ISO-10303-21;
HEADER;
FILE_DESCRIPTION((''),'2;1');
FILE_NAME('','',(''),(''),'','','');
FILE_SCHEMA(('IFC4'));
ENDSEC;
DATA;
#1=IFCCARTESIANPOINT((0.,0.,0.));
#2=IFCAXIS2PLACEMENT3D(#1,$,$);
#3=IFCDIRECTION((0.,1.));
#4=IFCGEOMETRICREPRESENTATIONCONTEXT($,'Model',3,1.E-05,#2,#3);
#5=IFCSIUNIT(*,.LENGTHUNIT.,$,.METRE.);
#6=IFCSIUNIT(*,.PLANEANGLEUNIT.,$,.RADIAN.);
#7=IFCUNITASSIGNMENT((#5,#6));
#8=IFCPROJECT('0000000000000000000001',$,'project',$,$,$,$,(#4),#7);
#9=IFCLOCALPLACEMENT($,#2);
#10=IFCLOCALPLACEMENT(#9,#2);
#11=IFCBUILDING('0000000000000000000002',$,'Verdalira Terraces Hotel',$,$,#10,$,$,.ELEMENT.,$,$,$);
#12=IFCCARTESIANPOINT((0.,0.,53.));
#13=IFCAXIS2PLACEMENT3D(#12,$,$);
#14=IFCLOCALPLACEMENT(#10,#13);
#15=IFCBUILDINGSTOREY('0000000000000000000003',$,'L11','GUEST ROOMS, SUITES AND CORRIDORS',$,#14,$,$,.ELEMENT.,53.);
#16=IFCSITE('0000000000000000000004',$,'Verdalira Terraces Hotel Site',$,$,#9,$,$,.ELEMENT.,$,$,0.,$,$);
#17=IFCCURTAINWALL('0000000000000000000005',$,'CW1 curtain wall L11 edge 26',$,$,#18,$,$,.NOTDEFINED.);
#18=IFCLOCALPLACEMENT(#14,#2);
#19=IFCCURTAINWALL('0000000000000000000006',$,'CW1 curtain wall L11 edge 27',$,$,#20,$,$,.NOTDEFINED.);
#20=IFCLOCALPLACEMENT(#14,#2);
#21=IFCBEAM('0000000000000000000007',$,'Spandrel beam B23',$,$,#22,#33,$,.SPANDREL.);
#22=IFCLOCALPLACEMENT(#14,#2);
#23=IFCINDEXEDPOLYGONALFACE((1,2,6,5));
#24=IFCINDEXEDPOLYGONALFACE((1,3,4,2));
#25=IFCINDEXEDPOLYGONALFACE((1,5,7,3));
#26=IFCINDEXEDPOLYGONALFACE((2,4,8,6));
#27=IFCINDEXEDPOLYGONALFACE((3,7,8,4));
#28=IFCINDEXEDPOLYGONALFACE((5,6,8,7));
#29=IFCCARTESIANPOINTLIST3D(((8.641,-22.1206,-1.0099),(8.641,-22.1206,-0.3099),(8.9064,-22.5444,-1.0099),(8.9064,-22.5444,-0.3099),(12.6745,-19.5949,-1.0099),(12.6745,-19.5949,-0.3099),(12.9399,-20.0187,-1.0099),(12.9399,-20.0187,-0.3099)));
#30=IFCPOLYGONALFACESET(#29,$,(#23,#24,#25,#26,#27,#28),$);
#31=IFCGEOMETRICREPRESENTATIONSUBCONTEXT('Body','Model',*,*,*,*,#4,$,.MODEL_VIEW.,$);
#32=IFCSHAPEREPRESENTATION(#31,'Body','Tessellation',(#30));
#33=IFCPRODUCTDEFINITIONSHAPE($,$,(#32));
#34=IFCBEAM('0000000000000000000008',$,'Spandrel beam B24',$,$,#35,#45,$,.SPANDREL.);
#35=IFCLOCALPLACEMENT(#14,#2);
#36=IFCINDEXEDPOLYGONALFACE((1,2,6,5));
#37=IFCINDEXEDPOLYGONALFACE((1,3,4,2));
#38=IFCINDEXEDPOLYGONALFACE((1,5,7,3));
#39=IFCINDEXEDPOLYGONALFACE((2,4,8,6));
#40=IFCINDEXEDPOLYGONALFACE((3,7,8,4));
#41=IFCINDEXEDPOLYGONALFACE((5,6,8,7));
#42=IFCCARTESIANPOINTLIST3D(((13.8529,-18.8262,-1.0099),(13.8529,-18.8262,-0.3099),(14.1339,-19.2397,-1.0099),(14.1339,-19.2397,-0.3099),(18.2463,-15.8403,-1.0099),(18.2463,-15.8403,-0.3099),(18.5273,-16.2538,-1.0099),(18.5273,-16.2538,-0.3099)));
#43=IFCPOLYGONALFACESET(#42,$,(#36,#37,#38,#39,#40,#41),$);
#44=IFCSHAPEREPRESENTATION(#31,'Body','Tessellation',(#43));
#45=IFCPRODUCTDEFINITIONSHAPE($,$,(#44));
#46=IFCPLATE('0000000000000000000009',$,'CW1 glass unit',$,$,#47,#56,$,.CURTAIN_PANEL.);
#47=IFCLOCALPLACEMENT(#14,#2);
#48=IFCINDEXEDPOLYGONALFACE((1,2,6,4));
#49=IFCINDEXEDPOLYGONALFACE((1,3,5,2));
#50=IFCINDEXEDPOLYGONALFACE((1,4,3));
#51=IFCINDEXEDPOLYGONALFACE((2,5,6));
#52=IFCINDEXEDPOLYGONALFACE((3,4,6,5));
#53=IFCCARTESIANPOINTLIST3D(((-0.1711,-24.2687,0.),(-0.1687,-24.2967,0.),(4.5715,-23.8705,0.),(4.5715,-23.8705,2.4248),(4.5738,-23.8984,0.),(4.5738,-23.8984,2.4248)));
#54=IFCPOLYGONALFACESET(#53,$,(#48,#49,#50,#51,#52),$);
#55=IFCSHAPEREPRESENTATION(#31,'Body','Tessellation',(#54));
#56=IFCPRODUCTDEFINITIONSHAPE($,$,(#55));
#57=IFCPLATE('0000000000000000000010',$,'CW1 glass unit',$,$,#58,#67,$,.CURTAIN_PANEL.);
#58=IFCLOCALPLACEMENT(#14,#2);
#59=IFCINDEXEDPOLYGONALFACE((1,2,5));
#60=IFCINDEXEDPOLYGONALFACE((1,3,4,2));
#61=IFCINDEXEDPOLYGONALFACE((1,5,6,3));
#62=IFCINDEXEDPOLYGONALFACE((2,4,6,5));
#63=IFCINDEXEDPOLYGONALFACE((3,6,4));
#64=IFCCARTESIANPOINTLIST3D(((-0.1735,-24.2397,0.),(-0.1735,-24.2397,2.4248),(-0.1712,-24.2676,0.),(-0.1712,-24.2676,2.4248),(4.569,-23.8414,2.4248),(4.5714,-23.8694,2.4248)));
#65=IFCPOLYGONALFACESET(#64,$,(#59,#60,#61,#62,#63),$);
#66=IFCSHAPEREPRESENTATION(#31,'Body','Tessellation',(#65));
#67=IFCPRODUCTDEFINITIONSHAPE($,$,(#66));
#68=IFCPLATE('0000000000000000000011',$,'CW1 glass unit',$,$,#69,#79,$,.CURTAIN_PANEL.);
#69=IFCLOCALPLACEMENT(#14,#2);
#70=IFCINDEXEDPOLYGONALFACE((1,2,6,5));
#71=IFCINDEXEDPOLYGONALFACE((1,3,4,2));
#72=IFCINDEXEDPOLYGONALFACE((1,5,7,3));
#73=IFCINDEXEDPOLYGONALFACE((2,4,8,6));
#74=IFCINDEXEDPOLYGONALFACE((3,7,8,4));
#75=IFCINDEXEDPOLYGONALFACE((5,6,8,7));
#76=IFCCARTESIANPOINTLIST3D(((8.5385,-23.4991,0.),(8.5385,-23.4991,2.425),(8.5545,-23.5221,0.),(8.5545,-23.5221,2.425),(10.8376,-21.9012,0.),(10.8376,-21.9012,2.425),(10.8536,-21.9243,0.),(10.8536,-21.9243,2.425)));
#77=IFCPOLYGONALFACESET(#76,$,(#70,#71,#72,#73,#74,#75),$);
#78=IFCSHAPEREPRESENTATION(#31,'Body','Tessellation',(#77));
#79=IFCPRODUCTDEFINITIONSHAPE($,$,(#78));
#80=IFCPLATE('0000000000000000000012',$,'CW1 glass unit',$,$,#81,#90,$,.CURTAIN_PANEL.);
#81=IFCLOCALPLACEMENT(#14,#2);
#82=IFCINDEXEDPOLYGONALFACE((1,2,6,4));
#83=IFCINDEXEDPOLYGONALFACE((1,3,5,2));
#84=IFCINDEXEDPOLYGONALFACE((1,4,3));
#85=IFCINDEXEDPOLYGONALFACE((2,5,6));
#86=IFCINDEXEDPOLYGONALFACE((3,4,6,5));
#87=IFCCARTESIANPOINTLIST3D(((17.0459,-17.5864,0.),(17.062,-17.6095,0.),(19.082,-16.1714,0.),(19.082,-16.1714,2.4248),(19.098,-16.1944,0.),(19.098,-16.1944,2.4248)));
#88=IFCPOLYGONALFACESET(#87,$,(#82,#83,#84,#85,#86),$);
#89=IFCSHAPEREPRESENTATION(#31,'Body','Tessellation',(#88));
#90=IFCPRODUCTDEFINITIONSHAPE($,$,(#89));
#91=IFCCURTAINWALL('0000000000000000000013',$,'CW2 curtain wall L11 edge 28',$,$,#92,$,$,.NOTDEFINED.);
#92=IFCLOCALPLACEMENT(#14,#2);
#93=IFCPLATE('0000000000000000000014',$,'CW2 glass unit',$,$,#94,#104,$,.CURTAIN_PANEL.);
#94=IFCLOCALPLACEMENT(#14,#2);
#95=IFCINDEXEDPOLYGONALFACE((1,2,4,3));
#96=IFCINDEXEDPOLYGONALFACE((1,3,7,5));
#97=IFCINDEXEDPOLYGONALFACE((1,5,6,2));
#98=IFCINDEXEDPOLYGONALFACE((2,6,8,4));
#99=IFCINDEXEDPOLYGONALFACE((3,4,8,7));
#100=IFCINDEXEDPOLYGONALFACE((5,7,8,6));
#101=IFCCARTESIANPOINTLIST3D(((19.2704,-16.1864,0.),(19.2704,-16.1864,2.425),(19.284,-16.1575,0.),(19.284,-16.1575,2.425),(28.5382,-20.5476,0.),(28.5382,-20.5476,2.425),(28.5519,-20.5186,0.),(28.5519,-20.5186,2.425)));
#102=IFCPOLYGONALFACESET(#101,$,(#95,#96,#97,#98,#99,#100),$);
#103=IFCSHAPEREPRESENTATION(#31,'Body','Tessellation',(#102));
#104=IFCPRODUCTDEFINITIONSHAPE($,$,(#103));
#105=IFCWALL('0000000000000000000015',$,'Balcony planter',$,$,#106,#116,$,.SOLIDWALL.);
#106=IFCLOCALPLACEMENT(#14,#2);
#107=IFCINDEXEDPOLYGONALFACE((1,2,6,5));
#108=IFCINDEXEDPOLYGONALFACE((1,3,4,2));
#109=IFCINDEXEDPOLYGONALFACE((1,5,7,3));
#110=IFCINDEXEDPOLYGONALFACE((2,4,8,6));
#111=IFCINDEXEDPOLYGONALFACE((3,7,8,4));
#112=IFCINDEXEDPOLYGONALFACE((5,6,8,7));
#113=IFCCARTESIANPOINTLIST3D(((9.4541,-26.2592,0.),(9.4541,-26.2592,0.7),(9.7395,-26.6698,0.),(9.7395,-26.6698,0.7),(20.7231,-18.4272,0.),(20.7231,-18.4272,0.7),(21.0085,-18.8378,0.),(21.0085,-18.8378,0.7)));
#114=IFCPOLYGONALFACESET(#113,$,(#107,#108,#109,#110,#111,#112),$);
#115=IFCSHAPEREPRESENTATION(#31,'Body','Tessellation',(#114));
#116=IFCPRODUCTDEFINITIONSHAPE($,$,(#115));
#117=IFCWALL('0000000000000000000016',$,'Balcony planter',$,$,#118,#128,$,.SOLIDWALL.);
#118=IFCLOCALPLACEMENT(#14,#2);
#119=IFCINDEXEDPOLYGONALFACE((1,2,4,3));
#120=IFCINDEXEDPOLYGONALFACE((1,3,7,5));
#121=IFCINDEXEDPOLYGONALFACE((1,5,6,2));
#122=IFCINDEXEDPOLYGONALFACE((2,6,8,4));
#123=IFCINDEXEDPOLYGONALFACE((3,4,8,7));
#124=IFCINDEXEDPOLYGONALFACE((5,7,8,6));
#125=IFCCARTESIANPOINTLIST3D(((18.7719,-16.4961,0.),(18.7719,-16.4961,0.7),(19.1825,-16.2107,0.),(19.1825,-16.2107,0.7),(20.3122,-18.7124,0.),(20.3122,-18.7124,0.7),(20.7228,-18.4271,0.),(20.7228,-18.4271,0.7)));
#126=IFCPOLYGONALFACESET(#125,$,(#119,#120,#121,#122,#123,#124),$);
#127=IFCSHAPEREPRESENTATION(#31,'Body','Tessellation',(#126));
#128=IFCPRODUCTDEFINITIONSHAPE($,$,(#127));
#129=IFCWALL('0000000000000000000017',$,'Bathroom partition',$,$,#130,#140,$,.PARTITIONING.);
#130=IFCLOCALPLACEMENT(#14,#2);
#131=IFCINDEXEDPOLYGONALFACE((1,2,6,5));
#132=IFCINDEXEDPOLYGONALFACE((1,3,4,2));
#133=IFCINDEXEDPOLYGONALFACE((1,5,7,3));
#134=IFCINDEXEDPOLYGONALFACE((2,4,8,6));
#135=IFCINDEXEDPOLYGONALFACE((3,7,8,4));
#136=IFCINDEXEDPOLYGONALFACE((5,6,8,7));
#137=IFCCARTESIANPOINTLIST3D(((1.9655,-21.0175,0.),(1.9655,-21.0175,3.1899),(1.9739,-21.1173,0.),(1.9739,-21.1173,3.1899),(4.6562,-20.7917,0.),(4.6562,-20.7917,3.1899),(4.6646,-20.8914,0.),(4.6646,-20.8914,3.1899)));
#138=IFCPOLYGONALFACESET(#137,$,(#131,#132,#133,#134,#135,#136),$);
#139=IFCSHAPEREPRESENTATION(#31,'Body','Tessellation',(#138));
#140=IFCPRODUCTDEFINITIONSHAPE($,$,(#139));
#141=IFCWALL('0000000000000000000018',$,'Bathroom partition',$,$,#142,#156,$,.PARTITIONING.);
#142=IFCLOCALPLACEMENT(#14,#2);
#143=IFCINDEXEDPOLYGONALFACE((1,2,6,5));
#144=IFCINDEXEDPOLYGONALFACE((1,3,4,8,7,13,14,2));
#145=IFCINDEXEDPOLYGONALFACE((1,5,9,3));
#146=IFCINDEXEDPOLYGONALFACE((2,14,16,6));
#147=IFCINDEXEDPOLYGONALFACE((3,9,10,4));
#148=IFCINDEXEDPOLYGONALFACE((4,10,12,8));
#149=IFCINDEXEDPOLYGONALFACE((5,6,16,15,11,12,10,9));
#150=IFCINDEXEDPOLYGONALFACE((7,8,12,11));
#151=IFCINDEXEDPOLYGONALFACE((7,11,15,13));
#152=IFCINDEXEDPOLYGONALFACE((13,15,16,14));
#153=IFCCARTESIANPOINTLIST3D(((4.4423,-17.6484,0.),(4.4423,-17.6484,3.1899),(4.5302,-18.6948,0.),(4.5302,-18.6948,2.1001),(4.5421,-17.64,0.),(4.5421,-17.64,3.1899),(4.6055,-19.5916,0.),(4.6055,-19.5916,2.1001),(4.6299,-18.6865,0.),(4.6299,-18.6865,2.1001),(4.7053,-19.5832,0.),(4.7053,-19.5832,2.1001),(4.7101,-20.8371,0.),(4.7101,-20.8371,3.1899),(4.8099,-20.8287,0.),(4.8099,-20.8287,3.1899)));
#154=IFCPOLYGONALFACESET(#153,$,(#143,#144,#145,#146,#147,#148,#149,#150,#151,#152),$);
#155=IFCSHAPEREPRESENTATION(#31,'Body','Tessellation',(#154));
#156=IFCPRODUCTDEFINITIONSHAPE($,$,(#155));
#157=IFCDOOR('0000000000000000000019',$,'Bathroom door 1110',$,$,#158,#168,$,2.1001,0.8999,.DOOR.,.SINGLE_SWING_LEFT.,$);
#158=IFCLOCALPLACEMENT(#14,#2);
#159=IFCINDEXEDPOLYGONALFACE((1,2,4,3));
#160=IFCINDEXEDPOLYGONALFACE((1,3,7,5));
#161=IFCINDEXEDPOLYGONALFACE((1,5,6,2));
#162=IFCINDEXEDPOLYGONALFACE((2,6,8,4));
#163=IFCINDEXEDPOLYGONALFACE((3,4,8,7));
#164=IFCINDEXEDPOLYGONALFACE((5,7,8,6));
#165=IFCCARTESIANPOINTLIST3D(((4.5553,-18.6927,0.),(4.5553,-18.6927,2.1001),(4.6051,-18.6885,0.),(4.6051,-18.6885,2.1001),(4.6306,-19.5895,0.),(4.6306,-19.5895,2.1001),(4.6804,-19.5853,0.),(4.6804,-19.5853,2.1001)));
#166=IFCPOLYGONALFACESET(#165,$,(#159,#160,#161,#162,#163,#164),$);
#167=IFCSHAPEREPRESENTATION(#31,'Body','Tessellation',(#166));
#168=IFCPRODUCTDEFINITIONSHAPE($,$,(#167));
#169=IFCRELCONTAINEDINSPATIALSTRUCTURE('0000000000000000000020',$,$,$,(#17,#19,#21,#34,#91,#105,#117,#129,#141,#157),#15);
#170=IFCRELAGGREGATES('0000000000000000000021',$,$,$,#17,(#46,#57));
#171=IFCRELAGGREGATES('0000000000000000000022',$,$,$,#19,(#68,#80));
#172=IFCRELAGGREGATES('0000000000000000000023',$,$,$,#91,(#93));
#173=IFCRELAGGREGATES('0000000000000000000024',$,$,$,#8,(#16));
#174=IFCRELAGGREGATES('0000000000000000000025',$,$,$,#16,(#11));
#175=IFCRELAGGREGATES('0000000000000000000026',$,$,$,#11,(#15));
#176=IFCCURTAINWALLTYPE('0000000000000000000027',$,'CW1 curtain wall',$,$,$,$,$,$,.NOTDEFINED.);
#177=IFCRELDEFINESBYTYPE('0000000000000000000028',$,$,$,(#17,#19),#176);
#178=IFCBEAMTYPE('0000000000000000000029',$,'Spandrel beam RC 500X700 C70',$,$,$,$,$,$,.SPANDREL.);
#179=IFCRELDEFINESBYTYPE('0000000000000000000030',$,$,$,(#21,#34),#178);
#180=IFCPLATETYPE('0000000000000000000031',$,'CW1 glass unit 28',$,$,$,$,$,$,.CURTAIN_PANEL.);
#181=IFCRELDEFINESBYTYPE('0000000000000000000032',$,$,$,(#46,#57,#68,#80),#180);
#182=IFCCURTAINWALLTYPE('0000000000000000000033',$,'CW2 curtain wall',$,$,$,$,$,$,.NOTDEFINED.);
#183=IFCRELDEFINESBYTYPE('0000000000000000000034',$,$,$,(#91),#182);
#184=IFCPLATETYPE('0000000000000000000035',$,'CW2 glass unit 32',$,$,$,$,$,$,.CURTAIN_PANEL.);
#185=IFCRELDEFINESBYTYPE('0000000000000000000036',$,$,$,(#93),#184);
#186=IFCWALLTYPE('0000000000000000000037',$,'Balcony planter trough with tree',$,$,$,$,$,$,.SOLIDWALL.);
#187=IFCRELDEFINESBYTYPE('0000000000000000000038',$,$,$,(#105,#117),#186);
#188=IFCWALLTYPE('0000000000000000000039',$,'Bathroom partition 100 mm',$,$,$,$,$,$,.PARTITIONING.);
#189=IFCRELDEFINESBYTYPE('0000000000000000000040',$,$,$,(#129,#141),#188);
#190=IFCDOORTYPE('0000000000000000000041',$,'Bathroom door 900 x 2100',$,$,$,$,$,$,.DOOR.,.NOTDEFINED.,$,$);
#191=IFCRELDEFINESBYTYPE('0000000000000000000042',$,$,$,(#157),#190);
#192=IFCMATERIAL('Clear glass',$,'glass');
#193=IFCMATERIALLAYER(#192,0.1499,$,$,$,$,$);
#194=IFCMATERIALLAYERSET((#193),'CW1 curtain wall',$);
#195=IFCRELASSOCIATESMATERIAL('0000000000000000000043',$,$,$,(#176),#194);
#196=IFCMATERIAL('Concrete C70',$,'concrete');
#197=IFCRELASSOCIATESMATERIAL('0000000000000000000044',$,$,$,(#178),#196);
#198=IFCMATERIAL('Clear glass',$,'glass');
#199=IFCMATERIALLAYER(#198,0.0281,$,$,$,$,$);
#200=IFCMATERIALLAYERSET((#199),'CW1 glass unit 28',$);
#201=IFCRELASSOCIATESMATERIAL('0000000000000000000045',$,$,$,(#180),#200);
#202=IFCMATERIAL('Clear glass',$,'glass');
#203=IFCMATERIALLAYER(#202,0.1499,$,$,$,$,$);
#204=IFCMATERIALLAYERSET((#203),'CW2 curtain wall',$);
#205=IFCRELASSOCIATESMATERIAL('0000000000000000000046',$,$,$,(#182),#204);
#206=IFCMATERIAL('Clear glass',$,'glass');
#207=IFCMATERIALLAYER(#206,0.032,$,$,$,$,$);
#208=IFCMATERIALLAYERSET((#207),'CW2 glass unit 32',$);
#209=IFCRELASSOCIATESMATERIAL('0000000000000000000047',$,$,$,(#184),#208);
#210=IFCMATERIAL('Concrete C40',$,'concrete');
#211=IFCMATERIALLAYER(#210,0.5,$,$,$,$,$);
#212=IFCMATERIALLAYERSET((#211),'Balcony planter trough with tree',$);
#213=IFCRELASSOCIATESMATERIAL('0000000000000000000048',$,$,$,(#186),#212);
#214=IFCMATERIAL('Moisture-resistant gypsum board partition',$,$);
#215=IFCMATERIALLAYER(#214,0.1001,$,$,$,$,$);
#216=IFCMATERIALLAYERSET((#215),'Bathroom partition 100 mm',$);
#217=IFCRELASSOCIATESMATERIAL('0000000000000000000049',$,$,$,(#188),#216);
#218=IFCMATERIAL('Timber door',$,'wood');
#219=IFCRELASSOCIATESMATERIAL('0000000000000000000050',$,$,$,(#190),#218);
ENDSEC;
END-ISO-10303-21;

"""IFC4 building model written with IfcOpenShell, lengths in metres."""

from ifc_helpers import new_model, si_unit, direction, frame, frame_2d, origin, origin_2d, place, context, subcontext, project, spatial, polyline, rectangle, outline, extrude, material, layer, layer_set, material_profile, profile_set, type_object, element, fill, aggregate, save


model = new_model("IFC4")

# Units and contexts
model_context = context("Model", 3, precision=1e-05, world=origin(), true_north=direction((0.0, 1.0)))
body_context = subcontext(model_context, "Body", "Model", "MODEL_VIEW")
ifc_project = project(units=[si_unit("LENGTHUNIT", "METRE"), si_unit("PLANEANGLEUNIT", "RADIAN")], contexts=[model_context])

# Site, building, storey
site_placement = place(None, origin())
site = spatial("IfcSite", under=ifc_project, at=site_placement, Name="Verdalira Terraces Hotel Site", CompositionType="ELEMENT", RefElevation=0.0)
building_placement = place(site_placement, origin())
building = spatial("IfcBuilding", under=site, at=building_placement, Name="Verdalira Terraces Hotel", CompositionType="ELEMENT")
storey_placement = place(building_placement, frame((0.0, 0.0, 53.0)))
storey = spatial("IfcBuildingStorey", under=building, at=storey_placement, Name="L11", Description="GUEST ROOMS, SUITES AND CORRIDORS", CompositionType="ELEMENT", Elevation=53.0)

# Curtain wall
ifc_material_1 = material(Name="Clear glass", Category="glass")
ifc_layer_1 = layer(ifc_material_1, 0.1499)
ifc_layer_set_1 = layer_set([ifc_layer_1], Name="CW1 curtain wall")
curtain_wall_type_1 = type_object("IfcCurtainWallType", Name="CW1 curtain wall", PredefinedType="NOTDEFINED", material=ifc_layer_set_1)
curtain_wall_1_placement = place(storey_placement, origin())
curtain_wall_1 = element("IfcCurtainWall", 1, at=curtain_wall_1_placement, inside=storey, type_object=curtain_wall_type_1, Name="CW1 curtain wall L11 edge 26", PredefinedType="NOTDEFINED")

# Curtain wall
curtain_wall_2_placement = place(storey_placement, origin())
curtain_wall_2 = element("IfcCurtainWall", 2, at=curtain_wall_2_placement, inside=storey, type_object=curtain_wall_type_1, Name="CW1 curtain wall L11 edge 27", PredefinedType="NOTDEFINED")

# Beams
ifc_material_2 = material(Name="Concrete C70", Category="concrete")
ifc_material_profile_1 = material_profile(ifc_material_2, rectangle(XDim=0.5, YDim=0.7, at=origin_2d()), Name="RC 500X700")
ifc_profile_set_1 = profile_set([ifc_material_profile_1], Name="Concrete C70")
beam_type_1 = type_object("IfcBeamType", Name="Spandrel beam RC 500X700 C70", PredefinedType="SPANDREL", material=ifc_profile_set_1)
beam_1_placement = place(storey_placement, frame((8.7737, -22.3325, -0.6599), z_axis=(0.847551, 0.530714, 0.0), x_axis=(-0.530714, 0.847551, 0.0)))
element("IfcBeam", 3, at=beam_1_placement, inside=storey, type_object=beam_type_1, Name="Spandrel beam B23", PredefinedType="SPANDREL", context=body_context, shape_type="SweptSolid", body=[
    extrude(rectangle(XDim=0.5, YDim=0.7, at=origin_2d()), origin(), (0.0, 0.0, 1.0), 4.759),
])
beam_2_placement = place(storey_placement, frame((13.9934, -19.033, -0.6599), z_axis=(0.827068, 0.562103, 0.0), x_axis=(-0.562103, 0.827068, 0.0)))
element("IfcBeam", 4, at=beam_2_placement, inside=storey, type_object=beam_type_1, Name="Spandrel beam B24", PredefinedType="SPANDREL", context=body_context, shape_type="SweptSolid", body=[
    extrude(rectangle(XDim=0.5, YDim=0.7, at=origin_2d()), origin(), (0.0, 0.0, 1.0), 5.312),
])

# Plates
ifc_material_3 = material(Name="Clear glass", Category="glass")
ifc_layer_2 = layer(ifc_material_3, 0.0281)
ifc_layer_set_2 = layer_set([ifc_layer_2], Name="CW1 glass unit 28")
plate_type_1 = type_object("IfcPlateType", Name="CW1 glass unit 28", PredefinedType="CURTAIN_PANEL", material=ifc_layer_set_2)
plate_1_placement = place(storey_placement, frame((2.2002, -24.0696, 1.2124), z_axis=(0.083678, -0.996493, 0.0), x_axis=(0.996493, 0.083678, 0.0)))
plate_1 = element("IfcPlate", 5, at=plate_1_placement, type_object=plate_type_1, Name="CW1 glass unit", PredefinedType="CURTAIN_PANEL", context=body_context, shape_type="SweptSolid", body=[
    extrude(outline(polyline([(-2.3796, -1.2124), (2.3796, -1.2124), (2.3796, 1.2124), (-2.3796, -1.2124)])), origin(), (0.0, 0.0, 1.0), 0.0281),
])
plate_2_placement = place(storey_placement, frame((2.1978, -24.0405, 1.2124), z_axis=(0.083678, -0.996493, 0.0), x_axis=(0.996493, 0.083678, 0.0)))
plate_2 = element("IfcPlate", 6, at=plate_2_placement, type_object=plate_type_1, Name="CW1 glass unit", PredefinedType="CURTAIN_PANEL", context=body_context, shape_type="SweptSolid", body=[
    extrude(outline(polyline([(-2.3796, -1.2124), (2.3796, 1.2124), (-2.3796, 1.2124), (-2.3796, -1.2124)])), origin(), (0.0, 0.0, 1.0), 0.0281),
])
aggregate(curtain_wall_1, [plate_1, plate_2])
plate_3_placement = place(storey_placement, frame((9.696, -22.7117, 0.0), z_axis=(0.0, 0.0, 1.0), x_axis=(0.821149, 0.570714, 0.0)))
plate_3 = element("IfcPlate", 7, at=plate_3_placement, type_object=plate_type_1, Name="CW1 glass unit", PredefinedType="CURTAIN_PANEL", context=body_context, shape_type="SweptSolid", body=[
    extrude(rectangle(XDim=2.7998, YDim=0.0281, at=origin_2d()), origin(), (0.0, 0.0, 1.0), 2.425),
])
plate_4_placement = place(storey_placement, frame((18.064, -16.8789, 1.2124), z_axis=(0.570714, -0.821149, 0.0), x_axis=(0.821149, 0.570714, 0.0)))
plate_4 = element("IfcPlate", 8, at=plate_4_placement, type_object=plate_type_1, Name="CW1 glass unit", PredefinedType="CURTAIN_PANEL", context=body_context, shape_type="SweptSolid", body=[
    extrude(outline(polyline([(-1.2397, -1.2124), (1.2397, -1.2124), (1.2397, 1.2124), (-1.2397, -1.2124)])), origin(), (0.0, 0.0, 1.0), 0.0281),
])
aggregate(curtain_wall_2, [plate_3, plate_4])

# Curtain wall, plate
ifc_material_4 = material(Name="Clear glass", Category="glass")
ifc_layer_3 = layer(ifc_material_4, 0.1499)
ifc_layer_set_3 = layer_set([ifc_layer_3], Name="CW2 curtain wall")
curtain_wall_type_2 = type_object("IfcCurtainWallType", Name="CW2 curtain wall", PredefinedType="NOTDEFINED", material=ifc_layer_set_3)
curtain_wall_3_placement = place(storey_placement, origin())
curtain_wall_3 = element("IfcCurtainWall", 9, at=curtain_wall_3_placement, inside=storey, type_object=curtain_wall_type_2, Name="CW2 curtain wall L11 edge 28", PredefinedType="NOTDEFINED")
ifc_material_5 = material(Name="Clear glass", Category="glass")
ifc_layer_4 = layer(ifc_material_5, 0.032)
ifc_layer_set_4 = layer_set([ifc_layer_4], Name="CW2 glass unit 32")
plate_type_2 = type_object("IfcPlateType", Name="CW2 glass unit 32", PredefinedType="CURTAIN_PANEL", material=ifc_layer_set_4)
plate_5_placement = place(storey_placement, frame((23.9111, -18.3525, 0.0), z_axis=(0.0, 0.0, 1.0), x_axis=(0.904827, -0.425779, 0.0)))
plate_5 = element("IfcPlate", 10, at=plate_5_placement, type_object=plate_type_2, Name="CW2 glass unit", PredefinedType="CURTAIN_PANEL", context=body_context, shape_type="SweptSolid", body=[
    extrude(rectangle(XDim=10.2427, YDim=0.032, at=origin_2d()), origin(), (0.0, 0.0, 1.0), 2.425),
])
aggregate(curtain_wall_3, [plate_5])

# Walls
ifc_material_6 = material(Name="Concrete C40", Category="concrete")
ifc_layer_5 = layer(ifc_material_6, 0.5)
ifc_layer_set_5 = layer_set([ifc_layer_5], Name="Balcony planter trough with tree")
wall_type_1 = type_object("IfcWallType", Name="Balcony planter trough with tree", PredefinedType="SOLIDWALL", material=ifc_layer_set_5)
wall_1_placement = place(storey_placement, frame((9.5967, -26.4646, 0.0), z_axis=(0.0, 0.0, 1.0), x_axis=(0.821155, 0.570706, 0.0)))
element("IfcWall", 11, at=wall_1_placement, inside=storey, type_object=wall_type_1, Name="Balcony planter", PredefinedType="SOLIDWALL", context=body_context, shape_type="SweptSolid", body=[
    extrude(rectangle(XDim=13.7234, YDim=0.5, at=frame_2d((6.8618, 0.0))), origin(), (0.0, 0.0, 1.0), 0.7),
])
wall_2_placement = place(storey_placement, frame((20.5176, -18.5698, 0.0), z_axis=(0.0, 0.0, 1.0), x_axis=(-0.570691, 0.821165, 0.0)))
element("IfcWall", 12, at=wall_2_placement, inside=storey, type_object=wall_type_1, Name="Balcony planter", PredefinedType="SOLIDWALL", context=body_context, shape_type="SweptSolid", body=[
    extrude(rectangle(XDim=2.699, YDim=0.5, at=frame_2d((1.3496, 0.0))), origin(), (0.0, 0.0, 1.0), 0.7),
])
ifc_material_7 = material(Name="Moisture-resistant gypsum board partition")
ifc_layer_6 = layer(ifc_material_7, 0.1001)
ifc_layer_set_6 = layer_set([ifc_layer_6], Name="Bathroom partition 100 mm")
wall_type_2 = type_object("IfcWallType", Name="Bathroom partition 100 mm", PredefinedType="PARTITIONING", material=ifc_layer_set_6)
wall_3_placement = place(storey_placement, frame((4.6604, -20.8416, 0.0), z_axis=(0.0, 0.0, 1.0), x_axis=(-0.996496, -0.083637, 0.0)))
element("IfcWall", 13, at=wall_3_placement, inside=storey, type_object=wall_type_2, Name="Bathroom partition", PredefinedType="PARTITIONING", context=body_context, shape_type="SweptSolid", body=[
    extrude(rectangle(XDim=2.7002, YDim=0.1001, at=frame_2d((1.3501, 0.0))), origin(), (0.0, 0.0, 1.0), 3.1899),
])

# Wall, opening, door
wall_4_placement = place(storey_placement, frame((4.76, -20.833, 0.0), z_axis=(0.0, 0.0, 1.0), x_axis=(-0.083696, 0.996491, 0.0)))
wall_4 = element("IfcWall", 14, at=wall_4_placement, inside=storey, type_object=wall_type_2, Name="Bathroom partition", PredefinedType="PARTITIONING", context=body_context, shape_type="SweptSolid", body=[
    extrude(rectangle(XDim=3.2, YDim=0.1001, at=frame_2d((1.6001, 0.0))), origin(), (0.0, 0.0, 1.0), 3.1899),
])
opening_1_placement = place(wall_4_placement, frame((1.25, 0.0, 0.0)))
opening_1 = element("IfcOpeningElement", 15, at=opening_1_placement, cuts=wall_4, PredefinedType="OPENING", context=body_context, shape_type="SweptSolid", body=[
    extrude(rectangle(XDim=0.8999, YDim=2.1001, at=frame_2d((0.45, 1.05))), frame((0.0, 0.0601, 0.0), z_axis=(0.0, -1.0, 0.0), x_axis=(1.0, 0.0, 0.0)), (0.0, 0.0, 1.0), 0.1201),
])
ifc_material_8 = material(Name="Timber door", Category="wood")
door_type_1 = type_object("IfcDoorType", Name="Bathroom door 900 x 2100", OperationType="NOTDEFINED", PredefinedType="DOOR", material=ifc_material_8)
door_1_placement = place(opening_1_placement, origin())
door_1 = element("IfcDoor", 16, at=door_1_placement, inside=storey, type_object=door_type_1, Name="Bathroom door 1110", OperationType="SINGLE_SWING_LEFT", OverallHeight=2.1001, OverallWidth=0.8999, PredefinedType="DOOR", context=body_context, shape_type="SweptSolid", body=[
    extrude(rectangle(XDim=0.8999, YDim=2.1001, at=frame_2d((0.45, 1.05))), frame((0.0, 0.0249, 0.0), z_axis=(0.0, -1.0, 0.0), x_axis=(1.0, 0.0, 0.0)), (0.0, 0.0, 1.0), 0.05),
])
fill(opening_1, door_1)

save(model, "model.ifc")
